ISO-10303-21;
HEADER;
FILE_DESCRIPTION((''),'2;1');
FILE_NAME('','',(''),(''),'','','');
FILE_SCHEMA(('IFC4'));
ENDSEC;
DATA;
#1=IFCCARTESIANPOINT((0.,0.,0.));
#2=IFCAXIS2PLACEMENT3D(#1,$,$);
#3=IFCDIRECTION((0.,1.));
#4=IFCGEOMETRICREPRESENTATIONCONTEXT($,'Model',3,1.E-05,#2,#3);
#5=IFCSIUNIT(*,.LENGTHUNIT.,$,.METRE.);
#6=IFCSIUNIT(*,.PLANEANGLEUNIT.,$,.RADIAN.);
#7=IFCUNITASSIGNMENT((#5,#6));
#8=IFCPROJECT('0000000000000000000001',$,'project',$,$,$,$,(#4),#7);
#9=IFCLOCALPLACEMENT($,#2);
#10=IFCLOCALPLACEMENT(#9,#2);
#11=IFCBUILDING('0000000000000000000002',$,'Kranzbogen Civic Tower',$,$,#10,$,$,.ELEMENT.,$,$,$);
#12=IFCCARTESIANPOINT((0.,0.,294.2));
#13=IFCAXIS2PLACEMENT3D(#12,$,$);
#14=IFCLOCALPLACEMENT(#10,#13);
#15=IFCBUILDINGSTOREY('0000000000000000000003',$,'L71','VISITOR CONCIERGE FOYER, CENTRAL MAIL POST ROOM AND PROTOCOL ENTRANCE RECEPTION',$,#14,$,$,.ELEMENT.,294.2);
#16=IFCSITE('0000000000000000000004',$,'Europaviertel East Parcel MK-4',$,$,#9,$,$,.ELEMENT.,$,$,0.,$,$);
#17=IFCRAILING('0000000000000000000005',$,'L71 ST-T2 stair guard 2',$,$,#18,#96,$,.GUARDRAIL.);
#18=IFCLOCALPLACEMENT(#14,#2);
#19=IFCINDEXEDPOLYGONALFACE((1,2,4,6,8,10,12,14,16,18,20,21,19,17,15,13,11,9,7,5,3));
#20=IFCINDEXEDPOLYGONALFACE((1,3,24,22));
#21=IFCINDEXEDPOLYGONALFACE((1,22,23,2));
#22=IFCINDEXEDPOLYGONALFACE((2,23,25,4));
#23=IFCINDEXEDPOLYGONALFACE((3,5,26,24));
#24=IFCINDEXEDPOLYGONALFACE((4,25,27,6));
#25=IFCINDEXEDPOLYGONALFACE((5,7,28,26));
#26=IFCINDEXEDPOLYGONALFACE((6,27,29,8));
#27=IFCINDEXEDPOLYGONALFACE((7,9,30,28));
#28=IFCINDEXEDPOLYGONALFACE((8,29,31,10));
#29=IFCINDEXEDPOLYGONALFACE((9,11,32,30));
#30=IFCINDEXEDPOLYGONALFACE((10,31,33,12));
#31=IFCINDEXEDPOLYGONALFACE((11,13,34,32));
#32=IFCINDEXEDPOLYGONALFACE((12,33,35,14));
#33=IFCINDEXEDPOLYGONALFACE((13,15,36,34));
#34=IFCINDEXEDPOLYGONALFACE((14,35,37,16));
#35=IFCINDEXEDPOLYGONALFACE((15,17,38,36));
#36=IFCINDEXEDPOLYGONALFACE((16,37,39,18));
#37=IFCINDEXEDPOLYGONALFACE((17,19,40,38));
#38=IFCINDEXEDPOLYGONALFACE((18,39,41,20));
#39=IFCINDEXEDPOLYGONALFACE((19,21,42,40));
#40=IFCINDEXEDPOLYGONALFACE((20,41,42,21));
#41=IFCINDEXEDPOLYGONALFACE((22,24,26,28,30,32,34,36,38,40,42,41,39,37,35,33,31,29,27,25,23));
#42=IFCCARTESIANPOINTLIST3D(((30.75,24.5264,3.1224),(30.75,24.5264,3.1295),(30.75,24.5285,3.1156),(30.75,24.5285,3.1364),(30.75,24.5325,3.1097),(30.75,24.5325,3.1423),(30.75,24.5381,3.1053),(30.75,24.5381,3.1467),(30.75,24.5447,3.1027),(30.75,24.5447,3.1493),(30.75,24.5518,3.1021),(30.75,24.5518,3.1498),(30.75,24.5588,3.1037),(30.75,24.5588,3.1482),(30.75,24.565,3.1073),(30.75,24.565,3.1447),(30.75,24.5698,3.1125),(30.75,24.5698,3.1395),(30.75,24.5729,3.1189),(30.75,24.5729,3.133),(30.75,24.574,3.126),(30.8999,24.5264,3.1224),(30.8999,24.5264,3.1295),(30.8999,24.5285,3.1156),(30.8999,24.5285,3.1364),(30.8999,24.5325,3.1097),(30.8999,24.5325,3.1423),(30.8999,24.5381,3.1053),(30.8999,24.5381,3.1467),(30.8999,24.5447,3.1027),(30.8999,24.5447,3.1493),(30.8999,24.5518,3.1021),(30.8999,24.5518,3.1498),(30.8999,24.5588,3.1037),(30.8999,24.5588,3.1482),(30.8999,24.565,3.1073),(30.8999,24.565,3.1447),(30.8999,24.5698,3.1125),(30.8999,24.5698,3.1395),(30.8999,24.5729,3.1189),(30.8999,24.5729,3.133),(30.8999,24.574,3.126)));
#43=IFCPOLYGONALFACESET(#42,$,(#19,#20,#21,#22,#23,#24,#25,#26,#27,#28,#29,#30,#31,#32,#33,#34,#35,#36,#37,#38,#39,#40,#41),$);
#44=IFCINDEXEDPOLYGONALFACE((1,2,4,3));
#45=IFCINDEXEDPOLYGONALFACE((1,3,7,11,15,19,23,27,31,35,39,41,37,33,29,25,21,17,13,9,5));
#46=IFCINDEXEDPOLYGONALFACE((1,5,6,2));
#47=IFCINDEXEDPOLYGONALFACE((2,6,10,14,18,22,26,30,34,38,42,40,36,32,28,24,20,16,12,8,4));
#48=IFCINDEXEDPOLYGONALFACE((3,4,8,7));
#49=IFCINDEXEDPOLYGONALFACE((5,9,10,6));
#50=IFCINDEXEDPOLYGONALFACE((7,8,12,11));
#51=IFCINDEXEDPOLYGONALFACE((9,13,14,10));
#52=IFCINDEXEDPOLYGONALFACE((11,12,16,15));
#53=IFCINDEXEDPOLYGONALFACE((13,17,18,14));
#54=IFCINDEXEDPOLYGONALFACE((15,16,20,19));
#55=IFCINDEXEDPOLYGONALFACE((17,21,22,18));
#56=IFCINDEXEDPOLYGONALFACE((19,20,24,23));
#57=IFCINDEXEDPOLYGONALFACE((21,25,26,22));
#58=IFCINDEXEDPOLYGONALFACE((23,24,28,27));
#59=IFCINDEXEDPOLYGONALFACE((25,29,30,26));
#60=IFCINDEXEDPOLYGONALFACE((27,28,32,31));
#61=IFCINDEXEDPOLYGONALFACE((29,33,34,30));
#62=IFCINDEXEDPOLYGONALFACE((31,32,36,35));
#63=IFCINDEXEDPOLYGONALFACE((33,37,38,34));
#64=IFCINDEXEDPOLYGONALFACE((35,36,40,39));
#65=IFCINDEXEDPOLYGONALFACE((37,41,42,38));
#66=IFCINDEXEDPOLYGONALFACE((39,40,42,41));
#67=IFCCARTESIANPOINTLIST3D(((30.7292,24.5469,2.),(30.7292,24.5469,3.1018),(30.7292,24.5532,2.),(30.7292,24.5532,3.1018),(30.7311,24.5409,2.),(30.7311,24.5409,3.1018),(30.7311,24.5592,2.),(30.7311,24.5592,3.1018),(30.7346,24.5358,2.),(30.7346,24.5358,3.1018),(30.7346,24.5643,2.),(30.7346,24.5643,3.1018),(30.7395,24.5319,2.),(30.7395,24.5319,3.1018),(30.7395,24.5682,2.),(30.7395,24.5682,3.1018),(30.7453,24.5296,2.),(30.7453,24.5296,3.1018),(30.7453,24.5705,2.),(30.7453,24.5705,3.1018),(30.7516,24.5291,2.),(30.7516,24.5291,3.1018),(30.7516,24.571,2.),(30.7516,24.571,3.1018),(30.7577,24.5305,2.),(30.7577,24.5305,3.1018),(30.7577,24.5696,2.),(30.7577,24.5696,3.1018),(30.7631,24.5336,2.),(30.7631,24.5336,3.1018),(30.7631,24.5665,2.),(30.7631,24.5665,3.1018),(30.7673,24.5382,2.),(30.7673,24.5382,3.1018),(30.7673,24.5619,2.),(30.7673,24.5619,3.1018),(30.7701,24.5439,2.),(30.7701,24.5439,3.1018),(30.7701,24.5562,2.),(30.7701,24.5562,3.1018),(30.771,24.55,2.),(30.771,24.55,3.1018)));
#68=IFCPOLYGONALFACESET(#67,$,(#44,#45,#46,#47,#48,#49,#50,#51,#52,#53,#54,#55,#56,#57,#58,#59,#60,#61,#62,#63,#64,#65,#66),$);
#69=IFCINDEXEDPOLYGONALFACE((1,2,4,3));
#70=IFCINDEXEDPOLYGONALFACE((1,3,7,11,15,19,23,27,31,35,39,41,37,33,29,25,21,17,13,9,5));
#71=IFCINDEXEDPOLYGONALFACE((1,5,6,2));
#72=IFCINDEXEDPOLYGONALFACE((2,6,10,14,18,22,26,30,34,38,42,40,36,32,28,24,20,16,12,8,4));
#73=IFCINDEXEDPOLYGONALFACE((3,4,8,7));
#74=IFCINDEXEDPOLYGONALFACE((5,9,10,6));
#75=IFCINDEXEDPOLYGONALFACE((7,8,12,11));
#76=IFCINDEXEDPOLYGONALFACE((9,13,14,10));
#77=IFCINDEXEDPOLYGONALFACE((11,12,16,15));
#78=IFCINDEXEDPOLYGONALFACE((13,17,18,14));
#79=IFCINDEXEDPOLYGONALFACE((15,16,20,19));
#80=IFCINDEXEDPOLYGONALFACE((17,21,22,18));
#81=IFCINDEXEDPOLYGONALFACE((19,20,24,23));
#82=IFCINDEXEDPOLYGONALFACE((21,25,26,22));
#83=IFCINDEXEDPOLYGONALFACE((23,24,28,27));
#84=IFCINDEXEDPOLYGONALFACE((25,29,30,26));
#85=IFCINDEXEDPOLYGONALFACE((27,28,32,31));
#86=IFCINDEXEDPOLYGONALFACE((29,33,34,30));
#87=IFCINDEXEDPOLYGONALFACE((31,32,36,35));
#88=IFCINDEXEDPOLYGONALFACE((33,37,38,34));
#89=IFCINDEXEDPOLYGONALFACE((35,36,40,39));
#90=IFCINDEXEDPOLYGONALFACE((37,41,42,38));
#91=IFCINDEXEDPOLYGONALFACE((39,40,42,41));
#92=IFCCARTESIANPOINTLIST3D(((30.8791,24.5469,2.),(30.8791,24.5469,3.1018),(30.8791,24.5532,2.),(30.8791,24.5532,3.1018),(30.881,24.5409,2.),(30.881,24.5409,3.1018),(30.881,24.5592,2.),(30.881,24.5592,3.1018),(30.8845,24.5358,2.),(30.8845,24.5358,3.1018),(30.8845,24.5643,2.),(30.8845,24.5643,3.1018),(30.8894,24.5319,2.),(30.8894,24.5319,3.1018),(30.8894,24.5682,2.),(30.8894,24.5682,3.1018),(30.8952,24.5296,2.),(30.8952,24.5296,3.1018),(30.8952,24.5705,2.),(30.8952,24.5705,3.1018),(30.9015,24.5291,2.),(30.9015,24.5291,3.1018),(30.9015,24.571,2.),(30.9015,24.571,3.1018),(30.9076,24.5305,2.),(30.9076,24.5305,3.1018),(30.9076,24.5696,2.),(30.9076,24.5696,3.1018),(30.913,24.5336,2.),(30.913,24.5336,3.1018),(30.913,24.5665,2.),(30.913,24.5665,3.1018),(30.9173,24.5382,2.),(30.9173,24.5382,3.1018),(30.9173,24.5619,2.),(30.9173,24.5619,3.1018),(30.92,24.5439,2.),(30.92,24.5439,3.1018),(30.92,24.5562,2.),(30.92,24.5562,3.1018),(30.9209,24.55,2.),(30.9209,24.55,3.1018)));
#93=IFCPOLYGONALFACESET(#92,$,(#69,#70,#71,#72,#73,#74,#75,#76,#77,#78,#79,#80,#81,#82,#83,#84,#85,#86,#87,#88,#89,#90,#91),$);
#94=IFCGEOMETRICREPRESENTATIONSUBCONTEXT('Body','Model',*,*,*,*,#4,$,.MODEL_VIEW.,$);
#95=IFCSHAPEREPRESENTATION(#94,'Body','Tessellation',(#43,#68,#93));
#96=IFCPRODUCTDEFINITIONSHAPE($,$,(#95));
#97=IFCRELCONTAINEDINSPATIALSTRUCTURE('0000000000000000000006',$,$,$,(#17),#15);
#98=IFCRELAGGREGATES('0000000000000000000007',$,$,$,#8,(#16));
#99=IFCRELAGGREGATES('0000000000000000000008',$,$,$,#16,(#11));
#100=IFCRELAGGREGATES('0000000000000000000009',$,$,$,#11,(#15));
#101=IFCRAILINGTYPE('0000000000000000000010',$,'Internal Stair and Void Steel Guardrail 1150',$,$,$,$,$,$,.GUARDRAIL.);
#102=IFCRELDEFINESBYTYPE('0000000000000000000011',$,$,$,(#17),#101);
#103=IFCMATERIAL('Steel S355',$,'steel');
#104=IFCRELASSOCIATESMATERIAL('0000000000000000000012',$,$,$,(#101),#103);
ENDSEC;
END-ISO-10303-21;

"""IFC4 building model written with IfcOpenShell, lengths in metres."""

from ifc_helpers import new_model, si_unit, direction, frame, origin, origin_2d, place, context, subcontext, project, spatial, circle, extrude, material, type_object, element, save


model = new_model("IFC4")

# Units and contexts
model_context = context("Model", 3, precision=1e-05, world=origin(), true_north=direction((0.0, 1.0)))
body_context = subcontext(model_context, "Body", "Model", "MODEL_VIEW")
ifc_project = project(units=[si_unit("LENGTHUNIT", "METRE"), si_unit("PLANEANGLEUNIT", "RADIAN")], contexts=[model_context])

# Site, building, storey
site_placement = place(None, origin())
site = spatial("IfcSite", under=ifc_project, at=site_placement, Name="Europaviertel East Parcel MK-4", CompositionType="ELEMENT", RefElevation=0.0)
building_placement = place(site_placement, origin())
building = spatial("IfcBuilding", under=site, at=building_placement, Name="Kranzbogen Civic Tower", CompositionType="ELEMENT")
storey_placement = place(building_placement, frame((0.0, 0.0, 294.2)))
storey = spatial("IfcBuildingStorey", under=building, at=storey_placement, Name="L71", Description="VISITOR CONCIERGE FOYER, CENTRAL MAIL POST ROOM AND PROTOCOL ENTRANCE RECEPTION", CompositionType="ELEMENT", Elevation=294.2)

# Shared definitions
ifc_material_1 = material(Name="Steel S355", Category="steel")

# Railing
railing_type_1 = type_object("IfcRailingType", Name="Internal Stair and Void Steel Guardrail 1150", PredefinedType="GUARDRAIL", material=ifc_material_1)
railing_1_placement = place(storey_placement, frame((30.75, 24.55, 2.0)))
element("IfcRailing", 1, at=railing_1_placement, inside=storey, type_object=railing_type_1, Name="L71 ST-T2 stair guard 2", PredefinedType="GUARDRAIL", context=body_context, shape_type="SweptSolid", body=[
    extrude(circle(Radius=0.0239, at=origin_2d()), frame((0.0, 0.0, 1.126), z_axis=(1.0, 0.0, 0.0), x_axis=(0.0, 1.0, 0.0)), (0.0, 0.0, 1.0), 0.1499),
    extrude(circle(Radius=0.021, at=origin_2d()), origin(), (0.0, 0.0, 1.0), 1.1018),
    extrude(circle(Radius=0.021, at=origin_2d()), frame((0.1499, 0.0, 0.0)), (0.0, 0.0, 1.0), 1.1018),
])

save(model, "model.ifc")
